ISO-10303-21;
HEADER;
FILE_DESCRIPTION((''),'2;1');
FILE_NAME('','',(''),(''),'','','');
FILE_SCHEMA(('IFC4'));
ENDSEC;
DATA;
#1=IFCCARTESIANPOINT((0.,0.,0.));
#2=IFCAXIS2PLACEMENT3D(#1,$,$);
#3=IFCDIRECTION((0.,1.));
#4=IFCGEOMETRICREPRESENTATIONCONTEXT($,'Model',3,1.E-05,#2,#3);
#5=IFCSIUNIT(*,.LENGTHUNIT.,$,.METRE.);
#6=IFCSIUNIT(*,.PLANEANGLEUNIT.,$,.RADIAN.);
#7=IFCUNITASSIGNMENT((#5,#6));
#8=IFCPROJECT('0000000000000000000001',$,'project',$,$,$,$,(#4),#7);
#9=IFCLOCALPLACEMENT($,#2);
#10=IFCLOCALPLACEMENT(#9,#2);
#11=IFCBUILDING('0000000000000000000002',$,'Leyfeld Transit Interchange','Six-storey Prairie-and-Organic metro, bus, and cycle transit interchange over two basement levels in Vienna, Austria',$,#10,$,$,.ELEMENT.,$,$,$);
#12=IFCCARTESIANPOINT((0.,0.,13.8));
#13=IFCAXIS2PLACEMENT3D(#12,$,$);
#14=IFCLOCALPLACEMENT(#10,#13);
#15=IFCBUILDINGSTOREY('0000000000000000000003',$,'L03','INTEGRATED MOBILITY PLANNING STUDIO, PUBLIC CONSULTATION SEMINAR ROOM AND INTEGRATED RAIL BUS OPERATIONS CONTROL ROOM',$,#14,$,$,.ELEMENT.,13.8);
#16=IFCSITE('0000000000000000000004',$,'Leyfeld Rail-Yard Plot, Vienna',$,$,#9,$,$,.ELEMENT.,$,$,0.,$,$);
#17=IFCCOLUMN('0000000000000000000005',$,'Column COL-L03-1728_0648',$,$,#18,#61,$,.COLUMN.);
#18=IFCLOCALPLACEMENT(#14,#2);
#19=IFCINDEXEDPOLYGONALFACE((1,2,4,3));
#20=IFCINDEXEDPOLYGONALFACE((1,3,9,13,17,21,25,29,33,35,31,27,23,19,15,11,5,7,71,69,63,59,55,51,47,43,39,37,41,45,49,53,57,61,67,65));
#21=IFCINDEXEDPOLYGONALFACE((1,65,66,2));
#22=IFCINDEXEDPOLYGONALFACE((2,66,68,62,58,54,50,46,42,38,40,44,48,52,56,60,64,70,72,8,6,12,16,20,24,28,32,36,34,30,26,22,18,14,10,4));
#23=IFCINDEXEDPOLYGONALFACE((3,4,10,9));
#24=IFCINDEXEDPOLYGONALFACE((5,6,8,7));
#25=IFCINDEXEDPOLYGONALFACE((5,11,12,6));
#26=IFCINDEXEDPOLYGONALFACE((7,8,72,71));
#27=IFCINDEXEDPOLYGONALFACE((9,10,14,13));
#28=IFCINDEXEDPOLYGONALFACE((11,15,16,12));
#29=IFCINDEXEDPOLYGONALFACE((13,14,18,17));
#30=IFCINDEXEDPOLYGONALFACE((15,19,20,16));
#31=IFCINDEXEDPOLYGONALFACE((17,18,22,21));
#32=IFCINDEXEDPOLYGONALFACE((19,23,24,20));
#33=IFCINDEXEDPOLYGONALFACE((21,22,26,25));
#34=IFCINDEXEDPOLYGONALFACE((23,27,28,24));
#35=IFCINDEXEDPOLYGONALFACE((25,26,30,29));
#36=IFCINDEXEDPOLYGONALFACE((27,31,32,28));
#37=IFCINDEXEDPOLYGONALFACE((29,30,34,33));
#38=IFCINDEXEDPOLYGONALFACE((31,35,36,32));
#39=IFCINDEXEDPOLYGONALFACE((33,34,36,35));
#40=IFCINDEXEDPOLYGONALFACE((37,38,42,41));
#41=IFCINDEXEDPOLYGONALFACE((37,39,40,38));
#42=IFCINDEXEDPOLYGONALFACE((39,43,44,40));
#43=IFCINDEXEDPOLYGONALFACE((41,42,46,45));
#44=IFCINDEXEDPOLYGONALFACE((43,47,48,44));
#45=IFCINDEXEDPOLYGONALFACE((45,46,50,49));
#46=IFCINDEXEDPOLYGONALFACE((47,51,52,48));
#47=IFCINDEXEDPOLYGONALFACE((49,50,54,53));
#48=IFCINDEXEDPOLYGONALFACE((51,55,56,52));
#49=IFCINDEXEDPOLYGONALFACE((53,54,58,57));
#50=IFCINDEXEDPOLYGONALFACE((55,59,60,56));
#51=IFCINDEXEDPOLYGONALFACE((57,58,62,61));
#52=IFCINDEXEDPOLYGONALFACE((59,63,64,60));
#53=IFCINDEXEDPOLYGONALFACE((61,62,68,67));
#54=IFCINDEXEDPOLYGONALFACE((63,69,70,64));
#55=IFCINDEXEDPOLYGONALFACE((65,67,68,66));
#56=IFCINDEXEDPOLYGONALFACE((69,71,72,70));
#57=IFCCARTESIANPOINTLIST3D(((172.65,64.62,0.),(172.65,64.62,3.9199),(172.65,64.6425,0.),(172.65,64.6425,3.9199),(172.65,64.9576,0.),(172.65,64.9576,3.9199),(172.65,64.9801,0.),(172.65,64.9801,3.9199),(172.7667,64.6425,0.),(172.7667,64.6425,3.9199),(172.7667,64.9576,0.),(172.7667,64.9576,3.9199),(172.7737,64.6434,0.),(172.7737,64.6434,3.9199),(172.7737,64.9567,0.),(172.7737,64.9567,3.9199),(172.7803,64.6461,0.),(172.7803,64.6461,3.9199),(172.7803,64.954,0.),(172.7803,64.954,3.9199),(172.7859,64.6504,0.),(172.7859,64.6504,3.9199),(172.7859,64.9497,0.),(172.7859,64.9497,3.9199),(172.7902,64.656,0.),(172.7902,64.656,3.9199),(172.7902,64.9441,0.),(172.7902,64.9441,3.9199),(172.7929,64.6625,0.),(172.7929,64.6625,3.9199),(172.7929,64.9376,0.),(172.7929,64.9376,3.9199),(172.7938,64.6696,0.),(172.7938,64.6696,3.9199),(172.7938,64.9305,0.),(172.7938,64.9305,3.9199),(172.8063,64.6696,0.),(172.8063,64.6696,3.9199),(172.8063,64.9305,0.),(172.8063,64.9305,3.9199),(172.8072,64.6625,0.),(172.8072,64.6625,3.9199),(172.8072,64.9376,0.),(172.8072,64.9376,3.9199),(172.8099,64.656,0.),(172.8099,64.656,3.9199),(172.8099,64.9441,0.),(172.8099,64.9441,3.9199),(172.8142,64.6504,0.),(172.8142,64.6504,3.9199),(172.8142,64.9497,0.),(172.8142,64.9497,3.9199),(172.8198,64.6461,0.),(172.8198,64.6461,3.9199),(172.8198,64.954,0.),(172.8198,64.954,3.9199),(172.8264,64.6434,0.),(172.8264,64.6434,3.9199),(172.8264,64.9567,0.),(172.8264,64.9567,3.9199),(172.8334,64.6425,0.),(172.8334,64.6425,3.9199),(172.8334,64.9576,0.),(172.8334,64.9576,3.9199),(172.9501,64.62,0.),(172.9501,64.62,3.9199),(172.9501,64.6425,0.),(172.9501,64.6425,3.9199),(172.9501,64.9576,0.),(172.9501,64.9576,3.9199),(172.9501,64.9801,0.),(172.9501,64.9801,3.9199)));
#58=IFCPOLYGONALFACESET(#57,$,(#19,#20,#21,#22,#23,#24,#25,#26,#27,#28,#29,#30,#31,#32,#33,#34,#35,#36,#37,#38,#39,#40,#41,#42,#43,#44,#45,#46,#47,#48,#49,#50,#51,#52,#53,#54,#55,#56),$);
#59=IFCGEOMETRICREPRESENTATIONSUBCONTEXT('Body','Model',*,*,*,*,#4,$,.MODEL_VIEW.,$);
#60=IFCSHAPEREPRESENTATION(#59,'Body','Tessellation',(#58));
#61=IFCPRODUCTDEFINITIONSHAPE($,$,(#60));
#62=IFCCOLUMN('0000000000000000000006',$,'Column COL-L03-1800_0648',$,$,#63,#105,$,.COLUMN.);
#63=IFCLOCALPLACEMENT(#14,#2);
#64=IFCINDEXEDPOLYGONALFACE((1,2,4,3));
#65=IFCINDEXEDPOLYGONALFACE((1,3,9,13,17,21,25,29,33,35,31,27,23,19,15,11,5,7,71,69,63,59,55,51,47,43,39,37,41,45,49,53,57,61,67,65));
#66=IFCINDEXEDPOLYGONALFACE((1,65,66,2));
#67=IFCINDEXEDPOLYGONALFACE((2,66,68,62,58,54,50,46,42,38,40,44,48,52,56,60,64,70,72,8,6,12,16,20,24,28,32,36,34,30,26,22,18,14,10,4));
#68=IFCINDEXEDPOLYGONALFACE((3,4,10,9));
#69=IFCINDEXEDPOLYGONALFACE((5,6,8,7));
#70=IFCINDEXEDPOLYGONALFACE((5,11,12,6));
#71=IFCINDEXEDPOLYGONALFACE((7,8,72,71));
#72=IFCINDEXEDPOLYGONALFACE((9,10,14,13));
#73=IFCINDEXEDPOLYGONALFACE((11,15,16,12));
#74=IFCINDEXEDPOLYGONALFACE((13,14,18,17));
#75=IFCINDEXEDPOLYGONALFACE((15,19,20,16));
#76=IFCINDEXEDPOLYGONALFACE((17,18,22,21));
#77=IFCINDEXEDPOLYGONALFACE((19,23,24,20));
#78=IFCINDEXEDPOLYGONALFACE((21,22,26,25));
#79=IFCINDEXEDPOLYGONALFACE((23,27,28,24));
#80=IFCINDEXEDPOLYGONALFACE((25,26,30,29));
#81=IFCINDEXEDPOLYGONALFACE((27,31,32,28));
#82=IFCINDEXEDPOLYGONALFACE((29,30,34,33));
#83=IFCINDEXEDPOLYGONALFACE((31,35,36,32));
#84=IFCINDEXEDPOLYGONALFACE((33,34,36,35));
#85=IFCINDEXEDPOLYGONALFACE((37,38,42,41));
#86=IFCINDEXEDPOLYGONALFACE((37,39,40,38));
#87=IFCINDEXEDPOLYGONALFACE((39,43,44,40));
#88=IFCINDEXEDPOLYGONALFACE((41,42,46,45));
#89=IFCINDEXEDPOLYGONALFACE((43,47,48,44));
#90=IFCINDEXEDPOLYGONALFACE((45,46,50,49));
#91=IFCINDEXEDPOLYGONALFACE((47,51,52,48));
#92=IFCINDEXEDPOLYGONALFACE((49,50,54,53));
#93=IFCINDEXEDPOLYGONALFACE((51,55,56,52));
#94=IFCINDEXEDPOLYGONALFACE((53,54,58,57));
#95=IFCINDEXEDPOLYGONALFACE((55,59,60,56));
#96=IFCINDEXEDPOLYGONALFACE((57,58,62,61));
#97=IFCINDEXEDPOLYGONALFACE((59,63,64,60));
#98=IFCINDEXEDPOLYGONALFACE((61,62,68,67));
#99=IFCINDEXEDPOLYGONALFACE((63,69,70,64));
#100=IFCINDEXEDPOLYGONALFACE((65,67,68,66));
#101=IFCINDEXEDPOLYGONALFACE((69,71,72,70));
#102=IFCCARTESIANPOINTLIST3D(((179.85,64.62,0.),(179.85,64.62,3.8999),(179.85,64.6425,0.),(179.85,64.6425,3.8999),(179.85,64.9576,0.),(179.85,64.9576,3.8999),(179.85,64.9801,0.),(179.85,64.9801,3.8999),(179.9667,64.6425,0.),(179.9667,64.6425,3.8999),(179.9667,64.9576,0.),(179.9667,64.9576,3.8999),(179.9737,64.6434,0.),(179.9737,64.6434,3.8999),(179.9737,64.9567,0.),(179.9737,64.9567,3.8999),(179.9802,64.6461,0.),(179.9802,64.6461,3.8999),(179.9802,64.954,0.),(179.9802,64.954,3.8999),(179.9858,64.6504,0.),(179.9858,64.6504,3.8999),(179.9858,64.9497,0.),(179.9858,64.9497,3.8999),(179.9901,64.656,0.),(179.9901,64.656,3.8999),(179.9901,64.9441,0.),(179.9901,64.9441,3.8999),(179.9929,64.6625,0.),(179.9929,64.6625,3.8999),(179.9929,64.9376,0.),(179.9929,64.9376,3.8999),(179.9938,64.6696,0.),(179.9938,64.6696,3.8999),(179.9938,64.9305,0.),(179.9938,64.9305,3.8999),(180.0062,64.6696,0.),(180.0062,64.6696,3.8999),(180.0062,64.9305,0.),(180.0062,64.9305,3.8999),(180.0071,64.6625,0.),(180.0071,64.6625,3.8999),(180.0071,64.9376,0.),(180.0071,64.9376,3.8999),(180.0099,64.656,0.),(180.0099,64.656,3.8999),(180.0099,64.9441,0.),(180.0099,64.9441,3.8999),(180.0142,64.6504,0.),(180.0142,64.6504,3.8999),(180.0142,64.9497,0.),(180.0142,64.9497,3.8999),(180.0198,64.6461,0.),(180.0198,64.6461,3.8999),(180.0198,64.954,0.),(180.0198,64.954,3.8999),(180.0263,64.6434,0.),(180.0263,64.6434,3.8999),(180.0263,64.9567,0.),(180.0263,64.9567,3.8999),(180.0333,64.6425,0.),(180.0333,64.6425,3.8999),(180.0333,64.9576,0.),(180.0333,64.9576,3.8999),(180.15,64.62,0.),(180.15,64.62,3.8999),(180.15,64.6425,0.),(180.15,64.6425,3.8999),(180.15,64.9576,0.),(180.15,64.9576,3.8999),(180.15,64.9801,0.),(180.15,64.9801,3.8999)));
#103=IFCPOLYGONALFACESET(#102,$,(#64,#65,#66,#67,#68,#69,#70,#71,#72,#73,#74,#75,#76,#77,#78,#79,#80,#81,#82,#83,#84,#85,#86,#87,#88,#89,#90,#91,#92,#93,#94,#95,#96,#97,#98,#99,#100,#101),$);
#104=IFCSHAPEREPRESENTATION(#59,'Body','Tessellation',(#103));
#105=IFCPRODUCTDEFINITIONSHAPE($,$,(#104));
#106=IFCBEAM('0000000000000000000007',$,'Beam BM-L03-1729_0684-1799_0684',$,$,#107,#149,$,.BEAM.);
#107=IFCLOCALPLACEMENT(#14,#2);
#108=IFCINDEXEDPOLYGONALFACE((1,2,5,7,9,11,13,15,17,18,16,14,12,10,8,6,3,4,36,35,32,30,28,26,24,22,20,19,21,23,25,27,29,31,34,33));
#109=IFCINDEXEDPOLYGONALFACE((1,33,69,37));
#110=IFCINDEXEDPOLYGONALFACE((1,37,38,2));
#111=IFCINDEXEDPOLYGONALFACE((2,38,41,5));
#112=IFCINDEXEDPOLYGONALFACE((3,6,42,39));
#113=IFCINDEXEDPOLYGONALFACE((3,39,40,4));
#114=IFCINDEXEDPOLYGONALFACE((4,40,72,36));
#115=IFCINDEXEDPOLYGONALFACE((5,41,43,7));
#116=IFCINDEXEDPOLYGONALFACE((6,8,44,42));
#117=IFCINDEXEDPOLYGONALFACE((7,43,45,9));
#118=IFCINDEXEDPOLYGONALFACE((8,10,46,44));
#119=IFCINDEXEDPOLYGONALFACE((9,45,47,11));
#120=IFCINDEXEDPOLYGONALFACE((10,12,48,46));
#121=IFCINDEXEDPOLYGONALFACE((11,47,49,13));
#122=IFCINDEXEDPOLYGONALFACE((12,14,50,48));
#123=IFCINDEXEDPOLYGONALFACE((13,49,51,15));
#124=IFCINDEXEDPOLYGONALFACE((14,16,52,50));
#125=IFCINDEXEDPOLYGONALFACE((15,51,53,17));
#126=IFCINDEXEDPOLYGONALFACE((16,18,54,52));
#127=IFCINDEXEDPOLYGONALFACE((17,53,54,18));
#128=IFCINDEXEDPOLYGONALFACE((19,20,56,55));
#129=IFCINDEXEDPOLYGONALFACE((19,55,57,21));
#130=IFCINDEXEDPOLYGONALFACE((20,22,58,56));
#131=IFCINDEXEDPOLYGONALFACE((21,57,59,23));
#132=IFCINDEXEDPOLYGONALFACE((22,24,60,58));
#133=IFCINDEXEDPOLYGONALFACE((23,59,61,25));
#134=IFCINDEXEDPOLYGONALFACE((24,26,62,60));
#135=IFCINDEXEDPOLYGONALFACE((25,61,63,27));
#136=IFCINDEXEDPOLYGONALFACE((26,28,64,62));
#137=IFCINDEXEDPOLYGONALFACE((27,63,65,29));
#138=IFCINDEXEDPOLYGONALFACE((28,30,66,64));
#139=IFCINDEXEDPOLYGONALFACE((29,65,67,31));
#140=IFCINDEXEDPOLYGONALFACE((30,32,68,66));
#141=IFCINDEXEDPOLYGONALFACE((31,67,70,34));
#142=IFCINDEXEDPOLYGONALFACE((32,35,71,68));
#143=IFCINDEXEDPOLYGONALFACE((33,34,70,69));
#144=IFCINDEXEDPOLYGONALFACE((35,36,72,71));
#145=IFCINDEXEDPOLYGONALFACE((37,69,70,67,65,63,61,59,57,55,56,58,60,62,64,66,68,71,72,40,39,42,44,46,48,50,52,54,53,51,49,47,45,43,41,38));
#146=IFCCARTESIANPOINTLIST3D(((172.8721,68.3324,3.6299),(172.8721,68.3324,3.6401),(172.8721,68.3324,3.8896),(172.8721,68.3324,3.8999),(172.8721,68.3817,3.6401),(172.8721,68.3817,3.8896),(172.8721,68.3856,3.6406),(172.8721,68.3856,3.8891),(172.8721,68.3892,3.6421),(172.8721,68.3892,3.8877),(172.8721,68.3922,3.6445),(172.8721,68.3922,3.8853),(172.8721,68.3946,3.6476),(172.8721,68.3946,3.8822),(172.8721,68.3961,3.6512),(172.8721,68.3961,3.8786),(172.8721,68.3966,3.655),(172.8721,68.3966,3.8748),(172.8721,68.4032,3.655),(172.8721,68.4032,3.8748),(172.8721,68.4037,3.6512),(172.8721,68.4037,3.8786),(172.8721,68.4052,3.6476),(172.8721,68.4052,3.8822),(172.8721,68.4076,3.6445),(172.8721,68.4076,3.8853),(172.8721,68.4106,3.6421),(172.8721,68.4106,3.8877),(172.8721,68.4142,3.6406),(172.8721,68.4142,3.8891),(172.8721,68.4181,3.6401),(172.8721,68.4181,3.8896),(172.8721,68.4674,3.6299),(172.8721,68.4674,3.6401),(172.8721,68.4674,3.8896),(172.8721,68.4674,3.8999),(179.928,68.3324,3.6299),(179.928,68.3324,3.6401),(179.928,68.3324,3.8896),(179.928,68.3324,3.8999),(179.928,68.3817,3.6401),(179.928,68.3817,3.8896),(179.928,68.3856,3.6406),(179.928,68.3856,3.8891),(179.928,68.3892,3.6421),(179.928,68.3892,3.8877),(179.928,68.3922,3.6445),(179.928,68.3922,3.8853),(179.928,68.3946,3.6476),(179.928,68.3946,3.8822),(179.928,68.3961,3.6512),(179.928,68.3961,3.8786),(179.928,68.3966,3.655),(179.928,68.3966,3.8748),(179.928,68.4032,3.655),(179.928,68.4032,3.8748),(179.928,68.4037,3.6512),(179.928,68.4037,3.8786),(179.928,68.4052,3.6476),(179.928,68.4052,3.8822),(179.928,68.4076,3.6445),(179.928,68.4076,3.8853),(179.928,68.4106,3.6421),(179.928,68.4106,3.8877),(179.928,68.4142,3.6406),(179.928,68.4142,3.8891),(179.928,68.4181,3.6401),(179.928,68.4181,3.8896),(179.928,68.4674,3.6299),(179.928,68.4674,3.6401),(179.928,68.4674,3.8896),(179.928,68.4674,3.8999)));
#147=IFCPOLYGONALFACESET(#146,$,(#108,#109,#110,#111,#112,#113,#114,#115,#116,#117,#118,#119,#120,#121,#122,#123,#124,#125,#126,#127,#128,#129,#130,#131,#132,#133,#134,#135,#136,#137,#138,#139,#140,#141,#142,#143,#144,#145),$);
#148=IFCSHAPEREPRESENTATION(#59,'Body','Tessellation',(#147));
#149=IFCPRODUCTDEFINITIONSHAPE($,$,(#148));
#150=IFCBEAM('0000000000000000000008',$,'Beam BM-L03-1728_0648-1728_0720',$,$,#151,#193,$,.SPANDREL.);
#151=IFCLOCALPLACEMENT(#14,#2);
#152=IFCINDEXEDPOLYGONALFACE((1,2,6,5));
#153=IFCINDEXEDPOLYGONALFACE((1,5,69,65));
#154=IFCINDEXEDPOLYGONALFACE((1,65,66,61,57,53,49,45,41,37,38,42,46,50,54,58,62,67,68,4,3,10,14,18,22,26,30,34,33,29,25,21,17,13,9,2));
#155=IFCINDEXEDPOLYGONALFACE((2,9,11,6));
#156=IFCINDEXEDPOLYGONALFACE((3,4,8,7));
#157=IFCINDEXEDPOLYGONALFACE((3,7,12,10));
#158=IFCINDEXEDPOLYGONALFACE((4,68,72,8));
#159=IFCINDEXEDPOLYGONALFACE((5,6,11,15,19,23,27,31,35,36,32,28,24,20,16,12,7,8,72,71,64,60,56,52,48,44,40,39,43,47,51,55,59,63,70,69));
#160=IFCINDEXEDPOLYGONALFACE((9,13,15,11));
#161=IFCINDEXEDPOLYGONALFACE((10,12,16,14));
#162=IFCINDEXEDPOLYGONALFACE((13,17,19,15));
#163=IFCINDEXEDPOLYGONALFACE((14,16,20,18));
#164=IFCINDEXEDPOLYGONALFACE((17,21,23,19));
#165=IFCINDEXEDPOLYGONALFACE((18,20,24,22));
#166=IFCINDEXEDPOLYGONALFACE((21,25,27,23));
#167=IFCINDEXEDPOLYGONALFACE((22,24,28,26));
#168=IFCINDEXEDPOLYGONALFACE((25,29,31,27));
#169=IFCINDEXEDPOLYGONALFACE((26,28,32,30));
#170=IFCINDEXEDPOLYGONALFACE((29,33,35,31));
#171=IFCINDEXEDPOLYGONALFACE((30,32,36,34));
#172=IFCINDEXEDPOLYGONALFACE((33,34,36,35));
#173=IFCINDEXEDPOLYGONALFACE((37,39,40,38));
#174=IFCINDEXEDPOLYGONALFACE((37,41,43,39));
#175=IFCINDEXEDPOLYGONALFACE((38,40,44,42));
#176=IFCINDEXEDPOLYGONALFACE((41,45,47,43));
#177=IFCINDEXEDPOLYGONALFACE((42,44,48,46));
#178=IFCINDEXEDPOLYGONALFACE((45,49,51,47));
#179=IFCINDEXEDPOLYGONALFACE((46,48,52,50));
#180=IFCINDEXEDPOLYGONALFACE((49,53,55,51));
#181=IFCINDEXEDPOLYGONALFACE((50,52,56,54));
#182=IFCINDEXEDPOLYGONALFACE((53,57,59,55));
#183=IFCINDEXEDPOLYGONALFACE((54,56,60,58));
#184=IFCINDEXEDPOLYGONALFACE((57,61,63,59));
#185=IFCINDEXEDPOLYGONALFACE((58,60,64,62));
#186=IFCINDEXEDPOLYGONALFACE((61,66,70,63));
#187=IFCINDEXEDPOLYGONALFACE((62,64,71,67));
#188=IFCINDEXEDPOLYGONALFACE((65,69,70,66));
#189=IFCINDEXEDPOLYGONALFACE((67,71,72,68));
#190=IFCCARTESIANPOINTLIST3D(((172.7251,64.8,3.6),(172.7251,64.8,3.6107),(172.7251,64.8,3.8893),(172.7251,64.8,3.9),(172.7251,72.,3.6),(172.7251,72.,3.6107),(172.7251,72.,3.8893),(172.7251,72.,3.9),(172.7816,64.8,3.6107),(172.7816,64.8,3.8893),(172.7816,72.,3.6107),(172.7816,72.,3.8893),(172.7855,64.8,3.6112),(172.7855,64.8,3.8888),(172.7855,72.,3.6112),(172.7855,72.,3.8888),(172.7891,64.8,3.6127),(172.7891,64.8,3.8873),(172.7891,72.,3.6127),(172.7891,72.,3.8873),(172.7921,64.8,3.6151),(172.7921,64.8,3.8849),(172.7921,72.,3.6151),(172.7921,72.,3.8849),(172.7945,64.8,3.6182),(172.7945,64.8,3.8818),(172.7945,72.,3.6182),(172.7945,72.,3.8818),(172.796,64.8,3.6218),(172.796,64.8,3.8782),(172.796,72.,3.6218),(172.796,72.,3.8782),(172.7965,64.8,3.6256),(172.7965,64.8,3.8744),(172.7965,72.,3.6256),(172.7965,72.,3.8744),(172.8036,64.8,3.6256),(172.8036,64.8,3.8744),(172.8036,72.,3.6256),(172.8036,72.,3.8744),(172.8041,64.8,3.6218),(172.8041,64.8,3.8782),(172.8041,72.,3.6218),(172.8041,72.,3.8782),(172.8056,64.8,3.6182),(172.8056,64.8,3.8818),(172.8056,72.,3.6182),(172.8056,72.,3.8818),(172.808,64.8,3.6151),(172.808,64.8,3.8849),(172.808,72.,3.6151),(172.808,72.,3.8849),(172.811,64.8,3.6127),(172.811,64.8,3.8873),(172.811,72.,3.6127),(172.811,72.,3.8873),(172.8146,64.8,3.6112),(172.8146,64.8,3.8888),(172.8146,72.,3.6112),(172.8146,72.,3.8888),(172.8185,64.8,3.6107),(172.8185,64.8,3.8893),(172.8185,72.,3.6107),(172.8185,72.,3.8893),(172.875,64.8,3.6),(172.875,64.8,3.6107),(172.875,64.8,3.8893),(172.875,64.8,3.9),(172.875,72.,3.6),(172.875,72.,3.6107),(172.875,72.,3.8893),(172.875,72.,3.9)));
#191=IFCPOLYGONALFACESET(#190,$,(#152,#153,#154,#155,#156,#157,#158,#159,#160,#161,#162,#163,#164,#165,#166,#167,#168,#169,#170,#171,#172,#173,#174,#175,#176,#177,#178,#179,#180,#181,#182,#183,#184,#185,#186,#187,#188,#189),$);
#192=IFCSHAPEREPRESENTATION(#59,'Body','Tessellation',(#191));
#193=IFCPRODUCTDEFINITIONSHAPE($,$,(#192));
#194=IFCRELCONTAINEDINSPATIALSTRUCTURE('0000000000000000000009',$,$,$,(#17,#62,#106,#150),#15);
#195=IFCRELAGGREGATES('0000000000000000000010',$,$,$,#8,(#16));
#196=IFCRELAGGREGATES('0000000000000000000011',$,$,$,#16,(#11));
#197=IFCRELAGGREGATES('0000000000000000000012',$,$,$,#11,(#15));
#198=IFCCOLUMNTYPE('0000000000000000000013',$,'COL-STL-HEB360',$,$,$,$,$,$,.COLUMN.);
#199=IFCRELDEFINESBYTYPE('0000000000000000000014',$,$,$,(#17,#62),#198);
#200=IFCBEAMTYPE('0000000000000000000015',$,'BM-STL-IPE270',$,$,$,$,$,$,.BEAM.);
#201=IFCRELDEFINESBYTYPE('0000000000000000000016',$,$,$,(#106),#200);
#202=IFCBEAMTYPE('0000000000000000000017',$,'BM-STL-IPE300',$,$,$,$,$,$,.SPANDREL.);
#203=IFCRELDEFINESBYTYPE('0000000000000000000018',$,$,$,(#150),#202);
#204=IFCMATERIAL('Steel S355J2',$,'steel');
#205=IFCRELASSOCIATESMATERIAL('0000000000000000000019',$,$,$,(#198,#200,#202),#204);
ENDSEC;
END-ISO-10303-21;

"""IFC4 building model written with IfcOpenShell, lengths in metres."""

from ifc_helpers import new_model, si_unit, direction, frame, origin, origin_2d, place, context, subcontext, project, spatial, i_section, extrude, material, material_profile, profile_set, type_object, element, save


model = new_model("IFC4")

# Units and contexts
model_context = context("Model", 3, precision=1e-05, world=origin(), true_north=direction((0.0, 1.0)))
body_context = subcontext(model_context, "Body", "Model", "MODEL_VIEW")
ifc_project = project(units=[si_unit("LENGTHUNIT", "METRE"), si_unit("PLANEANGLEUNIT", "RADIAN")], contexts=[model_context])

# Site, building, storey
site_placement = place(None, origin())
site = spatial("IfcSite", under=ifc_project, at=site_placement, Name="Leyfeld Rail-Yard Plot, Vienna", CompositionType="ELEMENT", RefElevation=0.0)
building_placement = place(site_placement, origin())
building = spatial("IfcBuilding", under=site, at=building_placement, Name="Leyfeld Transit Interchange", Description="Six-storey Prairie-and-Organic metro, bus, and cycle transit interchange over two basement levels in Vienna, Austria", CompositionType="ELEMENT")
storey_placement = place(building_placement, frame((0.0, 0.0, 13.8)))
storey = spatial("IfcBuildingStorey", under=building, at=storey_placement, Name="L03", Description="INTEGRATED MOBILITY PLANNING STUDIO, PUBLIC CONSULTATION SEMINAR ROOM AND INTEGRATED RAIL BUS OPERATIONS CONTROL ROOM", CompositionType="ELEMENT", Elevation=13.8)

# Columns
ifc_material_1 = material(Name="Steel S355J2", Category="steel")
ifc_material_profile_1 = material_profile(ifc_material_1, i_section(OverallWidth=0.3, OverallDepth=0.3601, WebThickness=0.0125, FlangeThickness=0.0225, FilletRadius=0.0271, at=origin_2d()), Name="HEB 360")
ifc_profile_set_1 = profile_set([ifc_material_profile_1], Name="Steel S355J2")
column_type = type_object("IfcColumnType", Name="COL-STL-HEB360", PredefinedType="COLUMN", material=ifc_profile_set_1)
column_1_placement = place(storey_placement, frame((172.8, 64.8, 0.0), z_axis=(0.0, 0.0, 1.0), x_axis=(1.0, 0.0, 0.0)))
element("IfcColumn", 1, at=column_1_placement, inside=storey, type_object=column_type, Name="Column COL-L03-1728_0648", PredefinedType="COLUMN", context=body_context, shape_type="SweptSolid", body=[
    extrude(i_section(OverallWidth=0.3, OverallDepth=0.3601, WebThickness=0.0125, FlangeThickness=0.0225, FilletRadius=0.0271, at=origin_2d()), origin(), (0.0, 0.0, 1.0), 3.9199),
])
column_2_placement = place(storey_placement, frame((180.0, 64.8, 0.0), z_axis=(0.0, 0.0, 1.0), x_axis=(1.0, 0.0, 0.0)))
element("IfcColumn", 2, at=column_2_placement, inside=storey, type_object=column_type, Name="Column COL-L03-1800_0648", PredefinedType="COLUMN", context=body_context, shape_type="SweptSolid", body=[
    extrude(i_section(OverallWidth=0.3, OverallDepth=0.3601, WebThickness=0.0125, FlangeThickness=0.0225, FilletRadius=0.0271, at=origin_2d()), origin(), (0.0, 0.0, 1.0), 3.8999),
])

# Beams
ifc_material_profile_2 = material_profile(ifc_material_1, i_section(OverallWidth=0.135, OverallDepth=0.27, WebThickness=0.0066, FlangeThickness=0.0103, FilletRadius=0.0149, at=origin_2d()), Name="IPE 270")
ifc_profile_set_2 = profile_set([ifc_material_profile_2], Name="Steel S355J2")
beam_type_1 = type_object("IfcBeamType", Name="BM-STL-IPE270", PredefinedType="BEAM", material=ifc_profile_set_2)
beam_1_placement = place(storey_placement, frame((172.8721, 68.3999, 3.7649), z_axis=(1.0, 0.0, 0.0), x_axis=(0.0, 1.0, 0.0)))
element("IfcBeam", 3, at=beam_1_placement, inside=storey, type_object=beam_type_1, Name="Beam BM-L03-1729_0684-1799_0684", PredefinedType="BEAM", context=body_context, shape_type="SweptSolid", body=[
    extrude(i_section(OverallWidth=0.135, OverallDepth=0.27, WebThickness=0.0066, FlangeThickness=0.0103, FilletRadius=0.0149, at=origin_2d()), origin(), (0.0, 0.0, 1.0), 7.0559),
])
ifc_material_profile_3 = material_profile(ifc_material_1, i_section(OverallWidth=0.1499, OverallDepth=0.3, WebThickness=0.0071, FlangeThickness=0.0107, FilletRadius=0.0149, at=origin_2d()), Name="IPE 300")
ifc_profile_set_3 = profile_set([ifc_material_profile_3], Name="Steel S355J2")
beam_type_2 = type_object("IfcBeamType", Name="BM-STL-IPE300", PredefinedType="SPANDREL", material=ifc_profile_set_3)
for number, where, z_axis, x_axis, name in (
    (4, (172.8, 64.8, 3.75), (0.0, 1.0, 0.0), (-1.0, 0.0, 0.0), "Beam BM-L03-1728_0648-1728_0720"),
):
    element("IfcBeam", number, at=place(storey_placement, frame(where, z_axis=z_axis, x_axis=x_axis)), inside=storey, type_object=beam_type_2, Name=name, PredefinedType="SPANDREL", context=body_context, shape_type="SweptSolid", body=[
        extrude(i_section(OverallWidth=0.1499, OverallDepth=0.3, WebThickness=0.0071, FlangeThickness=0.0107, FilletRadius=0.0149, at=origin_2d()), origin(), (0.0, 0.0, 1.0), 7.2),
    ])

save(model, "model.ifc")
